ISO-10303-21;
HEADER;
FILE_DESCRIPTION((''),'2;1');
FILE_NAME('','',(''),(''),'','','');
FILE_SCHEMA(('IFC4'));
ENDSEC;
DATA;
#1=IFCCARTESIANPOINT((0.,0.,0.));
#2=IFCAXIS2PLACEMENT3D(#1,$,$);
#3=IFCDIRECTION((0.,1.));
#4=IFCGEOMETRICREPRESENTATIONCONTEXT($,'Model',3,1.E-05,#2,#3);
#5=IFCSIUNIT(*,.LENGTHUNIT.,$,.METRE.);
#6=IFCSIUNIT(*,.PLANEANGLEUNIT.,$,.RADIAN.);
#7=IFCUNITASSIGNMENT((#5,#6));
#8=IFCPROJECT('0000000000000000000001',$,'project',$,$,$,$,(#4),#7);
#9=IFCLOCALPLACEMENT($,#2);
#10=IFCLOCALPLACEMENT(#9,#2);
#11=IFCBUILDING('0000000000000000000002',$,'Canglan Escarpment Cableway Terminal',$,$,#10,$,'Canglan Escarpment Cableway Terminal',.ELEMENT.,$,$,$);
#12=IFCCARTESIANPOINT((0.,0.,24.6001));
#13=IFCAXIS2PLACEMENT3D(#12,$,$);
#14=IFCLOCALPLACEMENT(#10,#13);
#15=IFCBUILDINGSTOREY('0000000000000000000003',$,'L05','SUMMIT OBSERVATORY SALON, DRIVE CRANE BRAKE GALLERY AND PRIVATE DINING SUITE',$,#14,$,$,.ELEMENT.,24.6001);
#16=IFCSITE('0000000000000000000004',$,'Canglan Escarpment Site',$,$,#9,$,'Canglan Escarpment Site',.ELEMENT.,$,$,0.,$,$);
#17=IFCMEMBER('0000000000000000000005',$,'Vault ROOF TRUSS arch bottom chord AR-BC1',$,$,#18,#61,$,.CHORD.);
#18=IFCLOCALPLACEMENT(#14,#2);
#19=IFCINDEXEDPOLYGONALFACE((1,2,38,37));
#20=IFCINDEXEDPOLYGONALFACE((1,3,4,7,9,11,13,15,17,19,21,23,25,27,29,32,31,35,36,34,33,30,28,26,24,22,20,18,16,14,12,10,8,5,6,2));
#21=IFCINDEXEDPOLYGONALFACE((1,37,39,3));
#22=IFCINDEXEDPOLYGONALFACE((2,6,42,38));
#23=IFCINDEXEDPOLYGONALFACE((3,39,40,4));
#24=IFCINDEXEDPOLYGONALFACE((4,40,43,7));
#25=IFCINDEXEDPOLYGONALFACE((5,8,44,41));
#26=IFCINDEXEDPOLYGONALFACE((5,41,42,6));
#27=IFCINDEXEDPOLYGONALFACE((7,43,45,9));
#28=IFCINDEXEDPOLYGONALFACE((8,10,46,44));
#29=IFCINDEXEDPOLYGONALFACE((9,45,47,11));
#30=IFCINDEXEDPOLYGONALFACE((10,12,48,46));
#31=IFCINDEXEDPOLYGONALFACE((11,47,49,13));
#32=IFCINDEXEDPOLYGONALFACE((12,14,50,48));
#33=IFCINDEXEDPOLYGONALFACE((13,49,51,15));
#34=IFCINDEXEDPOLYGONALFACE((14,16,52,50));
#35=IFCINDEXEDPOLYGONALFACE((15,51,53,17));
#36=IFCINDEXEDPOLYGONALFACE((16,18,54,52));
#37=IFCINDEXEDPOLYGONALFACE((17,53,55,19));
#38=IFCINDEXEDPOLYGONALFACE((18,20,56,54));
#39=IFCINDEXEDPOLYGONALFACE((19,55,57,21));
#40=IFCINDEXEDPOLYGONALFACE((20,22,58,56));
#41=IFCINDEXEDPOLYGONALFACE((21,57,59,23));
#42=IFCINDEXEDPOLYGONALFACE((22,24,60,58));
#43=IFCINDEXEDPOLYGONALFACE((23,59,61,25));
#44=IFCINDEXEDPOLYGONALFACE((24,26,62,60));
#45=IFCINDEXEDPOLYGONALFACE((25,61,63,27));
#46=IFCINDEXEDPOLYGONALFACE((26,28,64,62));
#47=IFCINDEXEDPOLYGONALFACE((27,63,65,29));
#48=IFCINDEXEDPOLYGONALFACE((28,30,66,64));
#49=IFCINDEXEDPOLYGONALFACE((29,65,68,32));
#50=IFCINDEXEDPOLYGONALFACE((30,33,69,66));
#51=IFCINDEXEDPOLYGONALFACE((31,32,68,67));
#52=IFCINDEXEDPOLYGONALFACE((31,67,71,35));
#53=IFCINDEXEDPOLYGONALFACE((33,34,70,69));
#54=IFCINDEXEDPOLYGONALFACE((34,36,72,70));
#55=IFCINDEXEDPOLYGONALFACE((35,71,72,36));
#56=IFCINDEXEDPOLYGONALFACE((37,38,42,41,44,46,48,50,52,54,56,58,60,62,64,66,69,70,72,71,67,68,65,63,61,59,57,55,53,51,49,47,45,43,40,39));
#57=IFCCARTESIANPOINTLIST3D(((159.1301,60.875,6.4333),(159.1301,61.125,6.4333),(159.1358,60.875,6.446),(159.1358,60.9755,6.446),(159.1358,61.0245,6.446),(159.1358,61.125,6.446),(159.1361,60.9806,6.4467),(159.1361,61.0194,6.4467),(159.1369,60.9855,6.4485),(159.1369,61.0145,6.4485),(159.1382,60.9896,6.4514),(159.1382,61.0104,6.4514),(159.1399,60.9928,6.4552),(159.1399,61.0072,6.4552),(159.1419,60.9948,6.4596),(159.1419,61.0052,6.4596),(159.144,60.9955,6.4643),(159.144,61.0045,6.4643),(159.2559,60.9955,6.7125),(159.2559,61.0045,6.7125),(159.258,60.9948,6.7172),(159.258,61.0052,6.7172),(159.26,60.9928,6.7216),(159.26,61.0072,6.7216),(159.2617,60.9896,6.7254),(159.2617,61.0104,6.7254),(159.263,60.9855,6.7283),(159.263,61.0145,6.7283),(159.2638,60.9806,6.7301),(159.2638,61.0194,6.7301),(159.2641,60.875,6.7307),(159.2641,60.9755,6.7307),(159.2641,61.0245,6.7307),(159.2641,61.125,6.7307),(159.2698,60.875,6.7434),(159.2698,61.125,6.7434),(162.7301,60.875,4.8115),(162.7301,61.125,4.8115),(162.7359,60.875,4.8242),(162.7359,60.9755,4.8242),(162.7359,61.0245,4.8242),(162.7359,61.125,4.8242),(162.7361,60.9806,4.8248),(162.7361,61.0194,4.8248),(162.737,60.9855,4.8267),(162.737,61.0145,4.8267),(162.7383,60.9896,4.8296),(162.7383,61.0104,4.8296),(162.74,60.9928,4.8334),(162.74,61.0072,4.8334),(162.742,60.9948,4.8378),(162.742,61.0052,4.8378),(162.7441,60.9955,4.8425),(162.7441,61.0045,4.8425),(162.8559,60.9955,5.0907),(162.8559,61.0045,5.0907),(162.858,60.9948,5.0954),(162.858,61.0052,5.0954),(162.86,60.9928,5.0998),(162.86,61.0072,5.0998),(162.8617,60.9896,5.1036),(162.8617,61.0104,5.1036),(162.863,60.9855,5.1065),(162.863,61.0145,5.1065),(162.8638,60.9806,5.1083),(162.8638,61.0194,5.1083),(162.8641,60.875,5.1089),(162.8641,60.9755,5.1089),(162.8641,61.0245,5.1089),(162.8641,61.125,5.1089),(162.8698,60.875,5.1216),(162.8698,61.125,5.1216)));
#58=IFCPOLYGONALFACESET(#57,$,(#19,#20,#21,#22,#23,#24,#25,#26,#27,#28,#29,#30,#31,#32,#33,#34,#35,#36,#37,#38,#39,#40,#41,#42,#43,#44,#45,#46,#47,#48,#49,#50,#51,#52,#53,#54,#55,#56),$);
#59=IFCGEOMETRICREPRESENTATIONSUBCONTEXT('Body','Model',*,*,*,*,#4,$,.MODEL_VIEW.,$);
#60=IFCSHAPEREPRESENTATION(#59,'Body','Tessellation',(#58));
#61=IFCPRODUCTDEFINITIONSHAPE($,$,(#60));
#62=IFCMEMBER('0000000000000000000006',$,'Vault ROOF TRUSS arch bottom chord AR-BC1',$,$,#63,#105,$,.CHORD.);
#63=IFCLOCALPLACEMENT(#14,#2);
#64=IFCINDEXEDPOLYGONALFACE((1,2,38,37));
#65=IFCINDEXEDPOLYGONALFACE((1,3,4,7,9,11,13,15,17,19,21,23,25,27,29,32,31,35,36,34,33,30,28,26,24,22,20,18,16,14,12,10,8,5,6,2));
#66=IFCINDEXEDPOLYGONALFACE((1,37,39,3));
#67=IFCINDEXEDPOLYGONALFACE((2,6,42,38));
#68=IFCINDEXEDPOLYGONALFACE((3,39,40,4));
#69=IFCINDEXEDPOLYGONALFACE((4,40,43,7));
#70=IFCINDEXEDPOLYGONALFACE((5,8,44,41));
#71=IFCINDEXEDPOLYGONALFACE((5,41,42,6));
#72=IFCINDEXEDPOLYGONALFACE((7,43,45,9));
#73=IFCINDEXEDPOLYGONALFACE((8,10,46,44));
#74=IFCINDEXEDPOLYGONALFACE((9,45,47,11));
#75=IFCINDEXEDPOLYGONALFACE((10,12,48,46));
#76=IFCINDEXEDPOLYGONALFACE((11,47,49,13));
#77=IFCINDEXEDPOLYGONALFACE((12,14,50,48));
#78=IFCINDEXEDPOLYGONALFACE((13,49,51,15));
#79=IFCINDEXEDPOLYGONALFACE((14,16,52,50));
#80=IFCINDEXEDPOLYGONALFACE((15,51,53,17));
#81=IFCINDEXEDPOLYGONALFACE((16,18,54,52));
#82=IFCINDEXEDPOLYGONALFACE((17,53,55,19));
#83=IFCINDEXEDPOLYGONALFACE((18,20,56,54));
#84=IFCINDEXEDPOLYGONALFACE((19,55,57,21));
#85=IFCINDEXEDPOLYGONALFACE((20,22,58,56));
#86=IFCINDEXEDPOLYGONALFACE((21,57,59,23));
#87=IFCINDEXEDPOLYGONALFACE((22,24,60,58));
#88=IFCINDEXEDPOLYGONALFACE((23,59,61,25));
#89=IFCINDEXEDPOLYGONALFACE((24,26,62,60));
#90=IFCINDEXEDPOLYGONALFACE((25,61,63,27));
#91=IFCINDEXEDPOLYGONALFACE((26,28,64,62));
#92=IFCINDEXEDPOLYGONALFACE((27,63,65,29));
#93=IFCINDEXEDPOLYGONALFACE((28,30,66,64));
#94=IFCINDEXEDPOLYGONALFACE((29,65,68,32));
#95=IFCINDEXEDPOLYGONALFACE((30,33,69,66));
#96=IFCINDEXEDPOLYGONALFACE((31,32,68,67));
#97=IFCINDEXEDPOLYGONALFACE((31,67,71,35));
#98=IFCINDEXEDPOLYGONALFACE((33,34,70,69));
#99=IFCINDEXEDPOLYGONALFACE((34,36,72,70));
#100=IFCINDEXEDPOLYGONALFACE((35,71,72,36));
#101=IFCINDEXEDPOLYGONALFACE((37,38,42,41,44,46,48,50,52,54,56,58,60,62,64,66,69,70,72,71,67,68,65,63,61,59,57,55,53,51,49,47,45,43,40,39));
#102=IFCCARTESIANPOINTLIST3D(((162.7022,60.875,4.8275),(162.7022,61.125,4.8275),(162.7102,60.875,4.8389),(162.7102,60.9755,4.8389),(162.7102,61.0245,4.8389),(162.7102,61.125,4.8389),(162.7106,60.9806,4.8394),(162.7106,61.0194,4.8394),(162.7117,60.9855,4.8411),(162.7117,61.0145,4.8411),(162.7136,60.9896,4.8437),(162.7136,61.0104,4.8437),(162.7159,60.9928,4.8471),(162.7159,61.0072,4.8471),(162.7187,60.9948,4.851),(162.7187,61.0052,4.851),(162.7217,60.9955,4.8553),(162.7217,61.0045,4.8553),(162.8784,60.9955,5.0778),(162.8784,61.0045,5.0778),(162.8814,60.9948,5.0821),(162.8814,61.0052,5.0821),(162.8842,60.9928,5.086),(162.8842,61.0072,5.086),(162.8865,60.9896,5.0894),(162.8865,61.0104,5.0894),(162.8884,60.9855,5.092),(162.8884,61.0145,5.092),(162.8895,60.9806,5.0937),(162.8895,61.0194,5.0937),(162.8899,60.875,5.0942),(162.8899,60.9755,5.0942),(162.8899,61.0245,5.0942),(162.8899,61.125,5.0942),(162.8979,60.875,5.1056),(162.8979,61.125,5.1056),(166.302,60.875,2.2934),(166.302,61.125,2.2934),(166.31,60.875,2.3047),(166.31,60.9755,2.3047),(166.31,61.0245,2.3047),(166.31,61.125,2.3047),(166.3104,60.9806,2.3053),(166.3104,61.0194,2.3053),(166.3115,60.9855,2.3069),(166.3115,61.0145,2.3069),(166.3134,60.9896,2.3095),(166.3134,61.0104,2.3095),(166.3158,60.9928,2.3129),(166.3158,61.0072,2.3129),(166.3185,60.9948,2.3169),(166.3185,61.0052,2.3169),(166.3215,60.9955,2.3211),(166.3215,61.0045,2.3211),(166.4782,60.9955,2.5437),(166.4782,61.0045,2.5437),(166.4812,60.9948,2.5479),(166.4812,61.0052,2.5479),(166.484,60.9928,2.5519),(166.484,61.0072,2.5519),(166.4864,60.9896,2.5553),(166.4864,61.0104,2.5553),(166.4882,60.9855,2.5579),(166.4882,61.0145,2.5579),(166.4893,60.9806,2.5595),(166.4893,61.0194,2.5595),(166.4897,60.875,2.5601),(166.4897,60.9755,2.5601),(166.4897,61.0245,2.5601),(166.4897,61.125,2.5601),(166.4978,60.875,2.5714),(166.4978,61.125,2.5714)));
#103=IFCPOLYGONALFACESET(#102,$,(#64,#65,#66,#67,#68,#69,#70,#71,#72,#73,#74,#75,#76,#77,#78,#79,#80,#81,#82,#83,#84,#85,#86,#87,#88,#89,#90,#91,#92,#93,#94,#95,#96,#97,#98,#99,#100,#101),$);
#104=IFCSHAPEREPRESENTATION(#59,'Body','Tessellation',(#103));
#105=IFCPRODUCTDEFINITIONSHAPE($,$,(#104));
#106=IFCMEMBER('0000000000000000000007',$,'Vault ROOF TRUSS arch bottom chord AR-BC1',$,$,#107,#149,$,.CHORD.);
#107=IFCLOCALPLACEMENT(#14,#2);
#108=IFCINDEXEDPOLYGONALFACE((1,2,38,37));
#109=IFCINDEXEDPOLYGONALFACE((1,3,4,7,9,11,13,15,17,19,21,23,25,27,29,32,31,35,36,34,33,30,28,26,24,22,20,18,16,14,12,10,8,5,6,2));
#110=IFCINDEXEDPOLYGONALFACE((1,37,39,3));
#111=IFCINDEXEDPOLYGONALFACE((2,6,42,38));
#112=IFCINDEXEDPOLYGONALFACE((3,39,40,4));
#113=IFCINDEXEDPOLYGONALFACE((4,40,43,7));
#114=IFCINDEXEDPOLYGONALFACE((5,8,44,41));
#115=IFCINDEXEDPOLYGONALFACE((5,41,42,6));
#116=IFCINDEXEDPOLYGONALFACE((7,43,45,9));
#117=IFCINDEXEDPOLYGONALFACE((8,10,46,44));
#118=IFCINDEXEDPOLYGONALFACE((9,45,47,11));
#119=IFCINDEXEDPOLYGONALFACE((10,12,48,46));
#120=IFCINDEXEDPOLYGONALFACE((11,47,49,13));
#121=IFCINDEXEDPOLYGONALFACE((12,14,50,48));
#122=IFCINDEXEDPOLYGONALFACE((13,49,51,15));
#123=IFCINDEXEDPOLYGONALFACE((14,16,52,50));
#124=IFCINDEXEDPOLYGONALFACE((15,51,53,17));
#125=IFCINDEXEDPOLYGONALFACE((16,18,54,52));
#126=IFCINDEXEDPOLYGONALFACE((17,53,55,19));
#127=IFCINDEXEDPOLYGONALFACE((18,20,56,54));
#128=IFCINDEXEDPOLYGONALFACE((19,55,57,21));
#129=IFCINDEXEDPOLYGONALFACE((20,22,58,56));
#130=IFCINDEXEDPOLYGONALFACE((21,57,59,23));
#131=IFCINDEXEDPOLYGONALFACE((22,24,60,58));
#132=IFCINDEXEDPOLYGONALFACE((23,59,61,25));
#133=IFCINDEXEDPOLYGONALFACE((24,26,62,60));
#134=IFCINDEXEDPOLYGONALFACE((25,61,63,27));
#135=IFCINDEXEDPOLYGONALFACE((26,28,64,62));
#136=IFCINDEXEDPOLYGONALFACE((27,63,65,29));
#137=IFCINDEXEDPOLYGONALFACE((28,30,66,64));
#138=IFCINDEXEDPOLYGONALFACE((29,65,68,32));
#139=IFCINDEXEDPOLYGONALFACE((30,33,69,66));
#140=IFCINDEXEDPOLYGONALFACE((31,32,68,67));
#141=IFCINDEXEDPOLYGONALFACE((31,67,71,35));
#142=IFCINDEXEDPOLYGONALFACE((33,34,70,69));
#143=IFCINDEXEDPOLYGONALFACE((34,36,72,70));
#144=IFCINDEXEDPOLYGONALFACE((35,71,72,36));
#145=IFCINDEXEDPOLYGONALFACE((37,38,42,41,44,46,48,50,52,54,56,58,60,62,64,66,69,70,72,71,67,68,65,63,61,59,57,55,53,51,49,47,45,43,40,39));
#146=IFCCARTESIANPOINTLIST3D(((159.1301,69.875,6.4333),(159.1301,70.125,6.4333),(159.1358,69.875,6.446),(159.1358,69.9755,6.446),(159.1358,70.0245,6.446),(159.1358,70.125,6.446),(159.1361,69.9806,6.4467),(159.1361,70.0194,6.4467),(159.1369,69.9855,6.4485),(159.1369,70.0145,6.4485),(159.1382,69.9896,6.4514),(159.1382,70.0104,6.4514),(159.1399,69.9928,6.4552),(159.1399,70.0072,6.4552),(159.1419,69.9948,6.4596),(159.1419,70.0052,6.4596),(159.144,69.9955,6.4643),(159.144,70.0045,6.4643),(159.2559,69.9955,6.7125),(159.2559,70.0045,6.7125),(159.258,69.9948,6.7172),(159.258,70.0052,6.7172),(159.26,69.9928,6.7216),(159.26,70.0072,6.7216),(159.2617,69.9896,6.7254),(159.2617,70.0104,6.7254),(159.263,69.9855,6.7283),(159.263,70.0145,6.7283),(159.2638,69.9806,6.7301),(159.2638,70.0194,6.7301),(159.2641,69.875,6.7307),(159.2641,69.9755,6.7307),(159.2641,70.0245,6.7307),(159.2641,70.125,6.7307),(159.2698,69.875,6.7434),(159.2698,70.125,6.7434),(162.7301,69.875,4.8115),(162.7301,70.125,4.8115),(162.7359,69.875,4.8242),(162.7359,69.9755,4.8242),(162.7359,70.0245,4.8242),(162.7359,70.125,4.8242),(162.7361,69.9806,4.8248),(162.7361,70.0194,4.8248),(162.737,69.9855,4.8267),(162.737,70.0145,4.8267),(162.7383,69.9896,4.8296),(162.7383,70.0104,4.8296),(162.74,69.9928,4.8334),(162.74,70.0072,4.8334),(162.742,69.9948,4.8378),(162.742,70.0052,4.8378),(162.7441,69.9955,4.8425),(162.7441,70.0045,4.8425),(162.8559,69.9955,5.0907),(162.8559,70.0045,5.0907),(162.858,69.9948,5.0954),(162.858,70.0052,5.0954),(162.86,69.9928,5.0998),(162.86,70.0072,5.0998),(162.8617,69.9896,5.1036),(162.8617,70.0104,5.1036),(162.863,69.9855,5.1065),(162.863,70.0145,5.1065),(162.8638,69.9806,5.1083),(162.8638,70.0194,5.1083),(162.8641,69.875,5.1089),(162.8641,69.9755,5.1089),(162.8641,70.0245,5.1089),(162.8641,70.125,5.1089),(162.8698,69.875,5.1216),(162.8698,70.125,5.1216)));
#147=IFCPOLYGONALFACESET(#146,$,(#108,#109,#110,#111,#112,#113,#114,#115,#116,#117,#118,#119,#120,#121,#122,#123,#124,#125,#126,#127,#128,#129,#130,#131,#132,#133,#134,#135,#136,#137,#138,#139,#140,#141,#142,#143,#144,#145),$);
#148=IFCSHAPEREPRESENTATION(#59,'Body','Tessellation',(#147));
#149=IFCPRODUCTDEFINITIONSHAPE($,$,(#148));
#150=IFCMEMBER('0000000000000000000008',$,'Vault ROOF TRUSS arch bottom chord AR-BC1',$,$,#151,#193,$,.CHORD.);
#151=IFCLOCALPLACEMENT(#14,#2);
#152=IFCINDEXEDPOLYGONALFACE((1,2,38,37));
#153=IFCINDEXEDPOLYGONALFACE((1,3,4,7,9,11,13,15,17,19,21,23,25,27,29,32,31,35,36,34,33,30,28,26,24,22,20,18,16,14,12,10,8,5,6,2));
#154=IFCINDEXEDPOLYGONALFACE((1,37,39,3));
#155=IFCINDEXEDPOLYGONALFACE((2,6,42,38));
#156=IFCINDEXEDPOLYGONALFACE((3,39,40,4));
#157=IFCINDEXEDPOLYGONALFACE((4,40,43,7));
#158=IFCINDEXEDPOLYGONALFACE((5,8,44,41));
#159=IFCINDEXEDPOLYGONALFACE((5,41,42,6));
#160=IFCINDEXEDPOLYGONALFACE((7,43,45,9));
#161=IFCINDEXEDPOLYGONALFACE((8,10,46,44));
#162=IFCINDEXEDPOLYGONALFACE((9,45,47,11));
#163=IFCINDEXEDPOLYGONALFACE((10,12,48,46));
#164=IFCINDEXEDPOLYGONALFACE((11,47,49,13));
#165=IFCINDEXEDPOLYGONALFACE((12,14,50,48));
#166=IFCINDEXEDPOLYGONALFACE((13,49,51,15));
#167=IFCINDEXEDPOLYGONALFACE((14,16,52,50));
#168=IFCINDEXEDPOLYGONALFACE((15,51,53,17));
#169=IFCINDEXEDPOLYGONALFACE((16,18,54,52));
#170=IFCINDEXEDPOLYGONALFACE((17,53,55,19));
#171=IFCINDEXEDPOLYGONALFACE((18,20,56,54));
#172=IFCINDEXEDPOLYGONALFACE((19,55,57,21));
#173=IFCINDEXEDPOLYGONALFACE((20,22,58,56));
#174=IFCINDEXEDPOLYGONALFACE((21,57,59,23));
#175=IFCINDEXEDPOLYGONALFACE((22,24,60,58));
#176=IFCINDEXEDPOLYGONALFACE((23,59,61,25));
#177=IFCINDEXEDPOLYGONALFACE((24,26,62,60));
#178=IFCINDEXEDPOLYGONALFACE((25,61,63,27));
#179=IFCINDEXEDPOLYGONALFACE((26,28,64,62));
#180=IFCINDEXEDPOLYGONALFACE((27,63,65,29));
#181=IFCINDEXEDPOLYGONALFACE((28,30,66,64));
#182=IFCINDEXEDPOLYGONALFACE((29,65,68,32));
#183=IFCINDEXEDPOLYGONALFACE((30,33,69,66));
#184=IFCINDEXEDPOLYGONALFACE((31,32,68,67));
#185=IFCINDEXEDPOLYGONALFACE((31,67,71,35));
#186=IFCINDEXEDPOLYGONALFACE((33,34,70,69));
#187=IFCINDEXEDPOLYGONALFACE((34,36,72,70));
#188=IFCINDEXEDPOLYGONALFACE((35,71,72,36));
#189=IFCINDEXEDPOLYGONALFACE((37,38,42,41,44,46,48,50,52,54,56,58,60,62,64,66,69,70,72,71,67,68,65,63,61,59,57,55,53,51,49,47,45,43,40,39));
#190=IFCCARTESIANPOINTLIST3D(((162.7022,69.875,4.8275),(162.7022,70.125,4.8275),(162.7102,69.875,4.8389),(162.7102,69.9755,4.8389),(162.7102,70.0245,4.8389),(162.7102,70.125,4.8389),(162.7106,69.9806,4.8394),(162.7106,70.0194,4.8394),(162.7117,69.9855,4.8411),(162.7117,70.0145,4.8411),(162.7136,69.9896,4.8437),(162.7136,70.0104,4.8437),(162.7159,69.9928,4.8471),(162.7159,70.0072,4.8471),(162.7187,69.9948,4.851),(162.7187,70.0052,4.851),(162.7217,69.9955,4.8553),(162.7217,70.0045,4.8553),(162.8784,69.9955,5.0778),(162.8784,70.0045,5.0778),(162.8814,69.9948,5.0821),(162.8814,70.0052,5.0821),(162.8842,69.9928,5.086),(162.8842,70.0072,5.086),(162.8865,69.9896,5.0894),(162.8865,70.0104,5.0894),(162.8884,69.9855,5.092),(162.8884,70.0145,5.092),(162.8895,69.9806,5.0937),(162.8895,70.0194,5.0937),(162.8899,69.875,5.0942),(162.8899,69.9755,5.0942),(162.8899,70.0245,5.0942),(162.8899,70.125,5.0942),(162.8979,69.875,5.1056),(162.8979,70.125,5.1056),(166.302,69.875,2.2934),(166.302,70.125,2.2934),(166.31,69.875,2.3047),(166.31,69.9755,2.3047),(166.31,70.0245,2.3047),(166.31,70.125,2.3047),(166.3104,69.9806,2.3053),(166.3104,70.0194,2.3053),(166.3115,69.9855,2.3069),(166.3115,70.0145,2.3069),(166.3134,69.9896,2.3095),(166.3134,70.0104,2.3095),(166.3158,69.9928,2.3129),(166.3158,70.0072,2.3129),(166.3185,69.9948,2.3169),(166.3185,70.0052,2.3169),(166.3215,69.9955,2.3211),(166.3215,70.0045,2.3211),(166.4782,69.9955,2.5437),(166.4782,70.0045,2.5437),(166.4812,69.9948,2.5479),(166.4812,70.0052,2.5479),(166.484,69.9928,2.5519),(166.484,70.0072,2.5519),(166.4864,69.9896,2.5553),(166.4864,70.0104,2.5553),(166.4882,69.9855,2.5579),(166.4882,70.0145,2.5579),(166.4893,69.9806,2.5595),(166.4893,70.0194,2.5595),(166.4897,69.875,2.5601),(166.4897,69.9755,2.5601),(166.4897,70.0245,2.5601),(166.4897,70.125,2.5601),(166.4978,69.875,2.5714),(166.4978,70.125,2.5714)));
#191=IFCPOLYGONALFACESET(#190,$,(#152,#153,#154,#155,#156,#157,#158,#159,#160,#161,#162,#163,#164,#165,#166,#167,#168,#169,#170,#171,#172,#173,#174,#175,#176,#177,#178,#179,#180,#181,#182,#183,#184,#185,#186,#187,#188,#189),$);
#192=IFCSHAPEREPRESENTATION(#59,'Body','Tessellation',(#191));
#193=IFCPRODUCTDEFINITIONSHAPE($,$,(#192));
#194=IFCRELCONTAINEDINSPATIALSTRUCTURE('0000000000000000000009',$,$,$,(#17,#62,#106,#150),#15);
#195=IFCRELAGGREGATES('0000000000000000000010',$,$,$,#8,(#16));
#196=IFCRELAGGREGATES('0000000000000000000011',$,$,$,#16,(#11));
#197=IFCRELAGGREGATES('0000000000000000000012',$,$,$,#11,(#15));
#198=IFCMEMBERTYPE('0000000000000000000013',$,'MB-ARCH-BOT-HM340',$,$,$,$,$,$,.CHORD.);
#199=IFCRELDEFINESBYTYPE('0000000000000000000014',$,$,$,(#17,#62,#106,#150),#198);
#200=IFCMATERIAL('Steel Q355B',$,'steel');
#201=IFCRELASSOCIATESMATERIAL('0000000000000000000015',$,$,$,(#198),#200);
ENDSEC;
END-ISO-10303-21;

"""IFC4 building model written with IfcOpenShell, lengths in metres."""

from ifc_helpers import new_model, si_unit, direction, frame, origin, origin_2d, place, context, subcontext, project, spatial, i_section, extrude, material, material_profile, profile_set, type_object, element, save


model = new_model("IFC4")

# Units and contexts
model_context = context("Model", 3, precision=1e-05, world=origin(), true_north=direction((0.0, 1.0)))
body_context = subcontext(model_context, "Body", "Model", "MODEL_VIEW")
ifc_project = project(units=[si_unit("LENGTHUNIT", "METRE"), si_unit("PLANEANGLEUNIT", "RADIAN")], contexts=[model_context])

# Site, building, storey
site_placement = place(None, origin())
site = spatial("IfcSite", under=ifc_project, at=site_placement, Name="Canglan Escarpment Site", LongName="Canglan Escarpment Site", CompositionType="ELEMENT", RefElevation=0.0)
building_placement = place(site_placement, origin())
building = spatial("IfcBuilding", under=site, at=building_placement, Name="Canglan Escarpment Cableway Terminal", LongName="Canglan Escarpment Cableway Terminal", CompositionType="ELEMENT")
storey_placement = place(building_placement, frame((0.0, 0.0, 24.6001)))
storey = spatial("IfcBuildingStorey", under=building, at=storey_placement, Name="L05", Description="SUMMIT OBSERVATORY SALON, DRIVE CRANE BRAKE GALLERY AND PRIVATE DINING SUITE", CompositionType="ELEMENT", Elevation=24.6001)

# Shared definitions
ifc_material = material(Name="Steel Q355B", Category="steel")

# Members
ifc_material_profile_1 = material_profile(ifc_material, i_section(OverallWidth=0.25, OverallDepth=0.3401, WebThickness=0.009, FlangeThickness=0.0139, FilletRadius=0.02, at=origin_2d()), Name="HM 340x250x9x14")
ifc_profile_set_1 = profile_set([ifc_material_profile_1], Name="Steel Q355B")
member_type_1 = type_object("IfcMemberType", Name="MB-ARCH-BOT-HM340", PredefinedType="CHORD", material=ifc_profile_set_1)
member_1_placement = place(storey_placement, frame((159.2, 61.0, 6.5884), z_axis=(0.911753, 0.0, -0.41074), x_axis=(0.0, 1.0, 0.0)))
element("IfcMember", 1, at=member_1_placement, inside=storey, type_object=member_type_1, Name="Vault ROOF TRUSS arch bottom chord AR-BC1", PredefinedType="CHORD", context=body_context, shape_type="SweptSolid", body=[
    extrude(i_section(OverallWidth=0.25, OverallDepth=0.3401, WebThickness=0.009, FlangeThickness=0.0139, FilletRadius=0.02, at=origin_2d()), origin(), (0.0, 0.0, 1.0), 3.9485),
])
member_2_placement = place(storey_placement, frame((162.8, 61.0, 4.9666), z_axis=(0.817705, 0.0, -0.575638), x_axis=(0.0, 1.0, 0.0)))
element("IfcMember", 2, at=member_2_placement, inside=storey, type_object=member_type_1, Name="Vault ROOF TRUSS arch bottom chord AR-BC1", PredefinedType="CHORD", context=body_context, shape_type="SweptSolid", body=[
    extrude(i_section(OverallWidth=0.25, OverallDepth=0.3401, WebThickness=0.009, FlangeThickness=0.0139, FilletRadius=0.02, at=origin_2d()), origin(), (0.0, 0.0, 1.0), 4.4023),
])
member_3_placement = place(storey_placement, frame((159.2, 70.0, 6.5884), z_axis=(0.911753, 0.0, -0.41074), x_axis=(0.0, 1.0, 0.0)))
element("IfcMember", 3, at=member_3_placement, inside=storey, type_object=member_type_1, Name="Vault ROOF TRUSS arch bottom chord AR-BC1", PredefinedType="CHORD", context=body_context, shape_type="SweptSolid", body=[
    extrude(i_section(OverallWidth=0.25, OverallDepth=0.3401, WebThickness=0.009, FlangeThickness=0.0139, FilletRadius=0.02, at=origin_2d()), origin(), (0.0, 0.0, 1.0), 3.9485),
])
member_4_placement = place(storey_placement, frame((162.8, 70.0, 4.9666), z_axis=(0.817705, 0.0, -0.575638), x_axis=(0.0, 1.0, 0.0)))
element("IfcMember", 4, at=member_4_placement, inside=storey, type_object=member_type_1, Name="Vault ROOF TRUSS arch bottom chord AR-BC1", PredefinedType="CHORD", context=body_context, shape_type="SweptSolid", body=[
    extrude(i_section(OverallWidth=0.25, OverallDepth=0.3401, WebThickness=0.009, FlangeThickness=0.0139, FilletRadius=0.02, at=origin_2d()), origin(), (0.0, 0.0, 1.0), 4.4023),
])

save(model, "model.ifc")
